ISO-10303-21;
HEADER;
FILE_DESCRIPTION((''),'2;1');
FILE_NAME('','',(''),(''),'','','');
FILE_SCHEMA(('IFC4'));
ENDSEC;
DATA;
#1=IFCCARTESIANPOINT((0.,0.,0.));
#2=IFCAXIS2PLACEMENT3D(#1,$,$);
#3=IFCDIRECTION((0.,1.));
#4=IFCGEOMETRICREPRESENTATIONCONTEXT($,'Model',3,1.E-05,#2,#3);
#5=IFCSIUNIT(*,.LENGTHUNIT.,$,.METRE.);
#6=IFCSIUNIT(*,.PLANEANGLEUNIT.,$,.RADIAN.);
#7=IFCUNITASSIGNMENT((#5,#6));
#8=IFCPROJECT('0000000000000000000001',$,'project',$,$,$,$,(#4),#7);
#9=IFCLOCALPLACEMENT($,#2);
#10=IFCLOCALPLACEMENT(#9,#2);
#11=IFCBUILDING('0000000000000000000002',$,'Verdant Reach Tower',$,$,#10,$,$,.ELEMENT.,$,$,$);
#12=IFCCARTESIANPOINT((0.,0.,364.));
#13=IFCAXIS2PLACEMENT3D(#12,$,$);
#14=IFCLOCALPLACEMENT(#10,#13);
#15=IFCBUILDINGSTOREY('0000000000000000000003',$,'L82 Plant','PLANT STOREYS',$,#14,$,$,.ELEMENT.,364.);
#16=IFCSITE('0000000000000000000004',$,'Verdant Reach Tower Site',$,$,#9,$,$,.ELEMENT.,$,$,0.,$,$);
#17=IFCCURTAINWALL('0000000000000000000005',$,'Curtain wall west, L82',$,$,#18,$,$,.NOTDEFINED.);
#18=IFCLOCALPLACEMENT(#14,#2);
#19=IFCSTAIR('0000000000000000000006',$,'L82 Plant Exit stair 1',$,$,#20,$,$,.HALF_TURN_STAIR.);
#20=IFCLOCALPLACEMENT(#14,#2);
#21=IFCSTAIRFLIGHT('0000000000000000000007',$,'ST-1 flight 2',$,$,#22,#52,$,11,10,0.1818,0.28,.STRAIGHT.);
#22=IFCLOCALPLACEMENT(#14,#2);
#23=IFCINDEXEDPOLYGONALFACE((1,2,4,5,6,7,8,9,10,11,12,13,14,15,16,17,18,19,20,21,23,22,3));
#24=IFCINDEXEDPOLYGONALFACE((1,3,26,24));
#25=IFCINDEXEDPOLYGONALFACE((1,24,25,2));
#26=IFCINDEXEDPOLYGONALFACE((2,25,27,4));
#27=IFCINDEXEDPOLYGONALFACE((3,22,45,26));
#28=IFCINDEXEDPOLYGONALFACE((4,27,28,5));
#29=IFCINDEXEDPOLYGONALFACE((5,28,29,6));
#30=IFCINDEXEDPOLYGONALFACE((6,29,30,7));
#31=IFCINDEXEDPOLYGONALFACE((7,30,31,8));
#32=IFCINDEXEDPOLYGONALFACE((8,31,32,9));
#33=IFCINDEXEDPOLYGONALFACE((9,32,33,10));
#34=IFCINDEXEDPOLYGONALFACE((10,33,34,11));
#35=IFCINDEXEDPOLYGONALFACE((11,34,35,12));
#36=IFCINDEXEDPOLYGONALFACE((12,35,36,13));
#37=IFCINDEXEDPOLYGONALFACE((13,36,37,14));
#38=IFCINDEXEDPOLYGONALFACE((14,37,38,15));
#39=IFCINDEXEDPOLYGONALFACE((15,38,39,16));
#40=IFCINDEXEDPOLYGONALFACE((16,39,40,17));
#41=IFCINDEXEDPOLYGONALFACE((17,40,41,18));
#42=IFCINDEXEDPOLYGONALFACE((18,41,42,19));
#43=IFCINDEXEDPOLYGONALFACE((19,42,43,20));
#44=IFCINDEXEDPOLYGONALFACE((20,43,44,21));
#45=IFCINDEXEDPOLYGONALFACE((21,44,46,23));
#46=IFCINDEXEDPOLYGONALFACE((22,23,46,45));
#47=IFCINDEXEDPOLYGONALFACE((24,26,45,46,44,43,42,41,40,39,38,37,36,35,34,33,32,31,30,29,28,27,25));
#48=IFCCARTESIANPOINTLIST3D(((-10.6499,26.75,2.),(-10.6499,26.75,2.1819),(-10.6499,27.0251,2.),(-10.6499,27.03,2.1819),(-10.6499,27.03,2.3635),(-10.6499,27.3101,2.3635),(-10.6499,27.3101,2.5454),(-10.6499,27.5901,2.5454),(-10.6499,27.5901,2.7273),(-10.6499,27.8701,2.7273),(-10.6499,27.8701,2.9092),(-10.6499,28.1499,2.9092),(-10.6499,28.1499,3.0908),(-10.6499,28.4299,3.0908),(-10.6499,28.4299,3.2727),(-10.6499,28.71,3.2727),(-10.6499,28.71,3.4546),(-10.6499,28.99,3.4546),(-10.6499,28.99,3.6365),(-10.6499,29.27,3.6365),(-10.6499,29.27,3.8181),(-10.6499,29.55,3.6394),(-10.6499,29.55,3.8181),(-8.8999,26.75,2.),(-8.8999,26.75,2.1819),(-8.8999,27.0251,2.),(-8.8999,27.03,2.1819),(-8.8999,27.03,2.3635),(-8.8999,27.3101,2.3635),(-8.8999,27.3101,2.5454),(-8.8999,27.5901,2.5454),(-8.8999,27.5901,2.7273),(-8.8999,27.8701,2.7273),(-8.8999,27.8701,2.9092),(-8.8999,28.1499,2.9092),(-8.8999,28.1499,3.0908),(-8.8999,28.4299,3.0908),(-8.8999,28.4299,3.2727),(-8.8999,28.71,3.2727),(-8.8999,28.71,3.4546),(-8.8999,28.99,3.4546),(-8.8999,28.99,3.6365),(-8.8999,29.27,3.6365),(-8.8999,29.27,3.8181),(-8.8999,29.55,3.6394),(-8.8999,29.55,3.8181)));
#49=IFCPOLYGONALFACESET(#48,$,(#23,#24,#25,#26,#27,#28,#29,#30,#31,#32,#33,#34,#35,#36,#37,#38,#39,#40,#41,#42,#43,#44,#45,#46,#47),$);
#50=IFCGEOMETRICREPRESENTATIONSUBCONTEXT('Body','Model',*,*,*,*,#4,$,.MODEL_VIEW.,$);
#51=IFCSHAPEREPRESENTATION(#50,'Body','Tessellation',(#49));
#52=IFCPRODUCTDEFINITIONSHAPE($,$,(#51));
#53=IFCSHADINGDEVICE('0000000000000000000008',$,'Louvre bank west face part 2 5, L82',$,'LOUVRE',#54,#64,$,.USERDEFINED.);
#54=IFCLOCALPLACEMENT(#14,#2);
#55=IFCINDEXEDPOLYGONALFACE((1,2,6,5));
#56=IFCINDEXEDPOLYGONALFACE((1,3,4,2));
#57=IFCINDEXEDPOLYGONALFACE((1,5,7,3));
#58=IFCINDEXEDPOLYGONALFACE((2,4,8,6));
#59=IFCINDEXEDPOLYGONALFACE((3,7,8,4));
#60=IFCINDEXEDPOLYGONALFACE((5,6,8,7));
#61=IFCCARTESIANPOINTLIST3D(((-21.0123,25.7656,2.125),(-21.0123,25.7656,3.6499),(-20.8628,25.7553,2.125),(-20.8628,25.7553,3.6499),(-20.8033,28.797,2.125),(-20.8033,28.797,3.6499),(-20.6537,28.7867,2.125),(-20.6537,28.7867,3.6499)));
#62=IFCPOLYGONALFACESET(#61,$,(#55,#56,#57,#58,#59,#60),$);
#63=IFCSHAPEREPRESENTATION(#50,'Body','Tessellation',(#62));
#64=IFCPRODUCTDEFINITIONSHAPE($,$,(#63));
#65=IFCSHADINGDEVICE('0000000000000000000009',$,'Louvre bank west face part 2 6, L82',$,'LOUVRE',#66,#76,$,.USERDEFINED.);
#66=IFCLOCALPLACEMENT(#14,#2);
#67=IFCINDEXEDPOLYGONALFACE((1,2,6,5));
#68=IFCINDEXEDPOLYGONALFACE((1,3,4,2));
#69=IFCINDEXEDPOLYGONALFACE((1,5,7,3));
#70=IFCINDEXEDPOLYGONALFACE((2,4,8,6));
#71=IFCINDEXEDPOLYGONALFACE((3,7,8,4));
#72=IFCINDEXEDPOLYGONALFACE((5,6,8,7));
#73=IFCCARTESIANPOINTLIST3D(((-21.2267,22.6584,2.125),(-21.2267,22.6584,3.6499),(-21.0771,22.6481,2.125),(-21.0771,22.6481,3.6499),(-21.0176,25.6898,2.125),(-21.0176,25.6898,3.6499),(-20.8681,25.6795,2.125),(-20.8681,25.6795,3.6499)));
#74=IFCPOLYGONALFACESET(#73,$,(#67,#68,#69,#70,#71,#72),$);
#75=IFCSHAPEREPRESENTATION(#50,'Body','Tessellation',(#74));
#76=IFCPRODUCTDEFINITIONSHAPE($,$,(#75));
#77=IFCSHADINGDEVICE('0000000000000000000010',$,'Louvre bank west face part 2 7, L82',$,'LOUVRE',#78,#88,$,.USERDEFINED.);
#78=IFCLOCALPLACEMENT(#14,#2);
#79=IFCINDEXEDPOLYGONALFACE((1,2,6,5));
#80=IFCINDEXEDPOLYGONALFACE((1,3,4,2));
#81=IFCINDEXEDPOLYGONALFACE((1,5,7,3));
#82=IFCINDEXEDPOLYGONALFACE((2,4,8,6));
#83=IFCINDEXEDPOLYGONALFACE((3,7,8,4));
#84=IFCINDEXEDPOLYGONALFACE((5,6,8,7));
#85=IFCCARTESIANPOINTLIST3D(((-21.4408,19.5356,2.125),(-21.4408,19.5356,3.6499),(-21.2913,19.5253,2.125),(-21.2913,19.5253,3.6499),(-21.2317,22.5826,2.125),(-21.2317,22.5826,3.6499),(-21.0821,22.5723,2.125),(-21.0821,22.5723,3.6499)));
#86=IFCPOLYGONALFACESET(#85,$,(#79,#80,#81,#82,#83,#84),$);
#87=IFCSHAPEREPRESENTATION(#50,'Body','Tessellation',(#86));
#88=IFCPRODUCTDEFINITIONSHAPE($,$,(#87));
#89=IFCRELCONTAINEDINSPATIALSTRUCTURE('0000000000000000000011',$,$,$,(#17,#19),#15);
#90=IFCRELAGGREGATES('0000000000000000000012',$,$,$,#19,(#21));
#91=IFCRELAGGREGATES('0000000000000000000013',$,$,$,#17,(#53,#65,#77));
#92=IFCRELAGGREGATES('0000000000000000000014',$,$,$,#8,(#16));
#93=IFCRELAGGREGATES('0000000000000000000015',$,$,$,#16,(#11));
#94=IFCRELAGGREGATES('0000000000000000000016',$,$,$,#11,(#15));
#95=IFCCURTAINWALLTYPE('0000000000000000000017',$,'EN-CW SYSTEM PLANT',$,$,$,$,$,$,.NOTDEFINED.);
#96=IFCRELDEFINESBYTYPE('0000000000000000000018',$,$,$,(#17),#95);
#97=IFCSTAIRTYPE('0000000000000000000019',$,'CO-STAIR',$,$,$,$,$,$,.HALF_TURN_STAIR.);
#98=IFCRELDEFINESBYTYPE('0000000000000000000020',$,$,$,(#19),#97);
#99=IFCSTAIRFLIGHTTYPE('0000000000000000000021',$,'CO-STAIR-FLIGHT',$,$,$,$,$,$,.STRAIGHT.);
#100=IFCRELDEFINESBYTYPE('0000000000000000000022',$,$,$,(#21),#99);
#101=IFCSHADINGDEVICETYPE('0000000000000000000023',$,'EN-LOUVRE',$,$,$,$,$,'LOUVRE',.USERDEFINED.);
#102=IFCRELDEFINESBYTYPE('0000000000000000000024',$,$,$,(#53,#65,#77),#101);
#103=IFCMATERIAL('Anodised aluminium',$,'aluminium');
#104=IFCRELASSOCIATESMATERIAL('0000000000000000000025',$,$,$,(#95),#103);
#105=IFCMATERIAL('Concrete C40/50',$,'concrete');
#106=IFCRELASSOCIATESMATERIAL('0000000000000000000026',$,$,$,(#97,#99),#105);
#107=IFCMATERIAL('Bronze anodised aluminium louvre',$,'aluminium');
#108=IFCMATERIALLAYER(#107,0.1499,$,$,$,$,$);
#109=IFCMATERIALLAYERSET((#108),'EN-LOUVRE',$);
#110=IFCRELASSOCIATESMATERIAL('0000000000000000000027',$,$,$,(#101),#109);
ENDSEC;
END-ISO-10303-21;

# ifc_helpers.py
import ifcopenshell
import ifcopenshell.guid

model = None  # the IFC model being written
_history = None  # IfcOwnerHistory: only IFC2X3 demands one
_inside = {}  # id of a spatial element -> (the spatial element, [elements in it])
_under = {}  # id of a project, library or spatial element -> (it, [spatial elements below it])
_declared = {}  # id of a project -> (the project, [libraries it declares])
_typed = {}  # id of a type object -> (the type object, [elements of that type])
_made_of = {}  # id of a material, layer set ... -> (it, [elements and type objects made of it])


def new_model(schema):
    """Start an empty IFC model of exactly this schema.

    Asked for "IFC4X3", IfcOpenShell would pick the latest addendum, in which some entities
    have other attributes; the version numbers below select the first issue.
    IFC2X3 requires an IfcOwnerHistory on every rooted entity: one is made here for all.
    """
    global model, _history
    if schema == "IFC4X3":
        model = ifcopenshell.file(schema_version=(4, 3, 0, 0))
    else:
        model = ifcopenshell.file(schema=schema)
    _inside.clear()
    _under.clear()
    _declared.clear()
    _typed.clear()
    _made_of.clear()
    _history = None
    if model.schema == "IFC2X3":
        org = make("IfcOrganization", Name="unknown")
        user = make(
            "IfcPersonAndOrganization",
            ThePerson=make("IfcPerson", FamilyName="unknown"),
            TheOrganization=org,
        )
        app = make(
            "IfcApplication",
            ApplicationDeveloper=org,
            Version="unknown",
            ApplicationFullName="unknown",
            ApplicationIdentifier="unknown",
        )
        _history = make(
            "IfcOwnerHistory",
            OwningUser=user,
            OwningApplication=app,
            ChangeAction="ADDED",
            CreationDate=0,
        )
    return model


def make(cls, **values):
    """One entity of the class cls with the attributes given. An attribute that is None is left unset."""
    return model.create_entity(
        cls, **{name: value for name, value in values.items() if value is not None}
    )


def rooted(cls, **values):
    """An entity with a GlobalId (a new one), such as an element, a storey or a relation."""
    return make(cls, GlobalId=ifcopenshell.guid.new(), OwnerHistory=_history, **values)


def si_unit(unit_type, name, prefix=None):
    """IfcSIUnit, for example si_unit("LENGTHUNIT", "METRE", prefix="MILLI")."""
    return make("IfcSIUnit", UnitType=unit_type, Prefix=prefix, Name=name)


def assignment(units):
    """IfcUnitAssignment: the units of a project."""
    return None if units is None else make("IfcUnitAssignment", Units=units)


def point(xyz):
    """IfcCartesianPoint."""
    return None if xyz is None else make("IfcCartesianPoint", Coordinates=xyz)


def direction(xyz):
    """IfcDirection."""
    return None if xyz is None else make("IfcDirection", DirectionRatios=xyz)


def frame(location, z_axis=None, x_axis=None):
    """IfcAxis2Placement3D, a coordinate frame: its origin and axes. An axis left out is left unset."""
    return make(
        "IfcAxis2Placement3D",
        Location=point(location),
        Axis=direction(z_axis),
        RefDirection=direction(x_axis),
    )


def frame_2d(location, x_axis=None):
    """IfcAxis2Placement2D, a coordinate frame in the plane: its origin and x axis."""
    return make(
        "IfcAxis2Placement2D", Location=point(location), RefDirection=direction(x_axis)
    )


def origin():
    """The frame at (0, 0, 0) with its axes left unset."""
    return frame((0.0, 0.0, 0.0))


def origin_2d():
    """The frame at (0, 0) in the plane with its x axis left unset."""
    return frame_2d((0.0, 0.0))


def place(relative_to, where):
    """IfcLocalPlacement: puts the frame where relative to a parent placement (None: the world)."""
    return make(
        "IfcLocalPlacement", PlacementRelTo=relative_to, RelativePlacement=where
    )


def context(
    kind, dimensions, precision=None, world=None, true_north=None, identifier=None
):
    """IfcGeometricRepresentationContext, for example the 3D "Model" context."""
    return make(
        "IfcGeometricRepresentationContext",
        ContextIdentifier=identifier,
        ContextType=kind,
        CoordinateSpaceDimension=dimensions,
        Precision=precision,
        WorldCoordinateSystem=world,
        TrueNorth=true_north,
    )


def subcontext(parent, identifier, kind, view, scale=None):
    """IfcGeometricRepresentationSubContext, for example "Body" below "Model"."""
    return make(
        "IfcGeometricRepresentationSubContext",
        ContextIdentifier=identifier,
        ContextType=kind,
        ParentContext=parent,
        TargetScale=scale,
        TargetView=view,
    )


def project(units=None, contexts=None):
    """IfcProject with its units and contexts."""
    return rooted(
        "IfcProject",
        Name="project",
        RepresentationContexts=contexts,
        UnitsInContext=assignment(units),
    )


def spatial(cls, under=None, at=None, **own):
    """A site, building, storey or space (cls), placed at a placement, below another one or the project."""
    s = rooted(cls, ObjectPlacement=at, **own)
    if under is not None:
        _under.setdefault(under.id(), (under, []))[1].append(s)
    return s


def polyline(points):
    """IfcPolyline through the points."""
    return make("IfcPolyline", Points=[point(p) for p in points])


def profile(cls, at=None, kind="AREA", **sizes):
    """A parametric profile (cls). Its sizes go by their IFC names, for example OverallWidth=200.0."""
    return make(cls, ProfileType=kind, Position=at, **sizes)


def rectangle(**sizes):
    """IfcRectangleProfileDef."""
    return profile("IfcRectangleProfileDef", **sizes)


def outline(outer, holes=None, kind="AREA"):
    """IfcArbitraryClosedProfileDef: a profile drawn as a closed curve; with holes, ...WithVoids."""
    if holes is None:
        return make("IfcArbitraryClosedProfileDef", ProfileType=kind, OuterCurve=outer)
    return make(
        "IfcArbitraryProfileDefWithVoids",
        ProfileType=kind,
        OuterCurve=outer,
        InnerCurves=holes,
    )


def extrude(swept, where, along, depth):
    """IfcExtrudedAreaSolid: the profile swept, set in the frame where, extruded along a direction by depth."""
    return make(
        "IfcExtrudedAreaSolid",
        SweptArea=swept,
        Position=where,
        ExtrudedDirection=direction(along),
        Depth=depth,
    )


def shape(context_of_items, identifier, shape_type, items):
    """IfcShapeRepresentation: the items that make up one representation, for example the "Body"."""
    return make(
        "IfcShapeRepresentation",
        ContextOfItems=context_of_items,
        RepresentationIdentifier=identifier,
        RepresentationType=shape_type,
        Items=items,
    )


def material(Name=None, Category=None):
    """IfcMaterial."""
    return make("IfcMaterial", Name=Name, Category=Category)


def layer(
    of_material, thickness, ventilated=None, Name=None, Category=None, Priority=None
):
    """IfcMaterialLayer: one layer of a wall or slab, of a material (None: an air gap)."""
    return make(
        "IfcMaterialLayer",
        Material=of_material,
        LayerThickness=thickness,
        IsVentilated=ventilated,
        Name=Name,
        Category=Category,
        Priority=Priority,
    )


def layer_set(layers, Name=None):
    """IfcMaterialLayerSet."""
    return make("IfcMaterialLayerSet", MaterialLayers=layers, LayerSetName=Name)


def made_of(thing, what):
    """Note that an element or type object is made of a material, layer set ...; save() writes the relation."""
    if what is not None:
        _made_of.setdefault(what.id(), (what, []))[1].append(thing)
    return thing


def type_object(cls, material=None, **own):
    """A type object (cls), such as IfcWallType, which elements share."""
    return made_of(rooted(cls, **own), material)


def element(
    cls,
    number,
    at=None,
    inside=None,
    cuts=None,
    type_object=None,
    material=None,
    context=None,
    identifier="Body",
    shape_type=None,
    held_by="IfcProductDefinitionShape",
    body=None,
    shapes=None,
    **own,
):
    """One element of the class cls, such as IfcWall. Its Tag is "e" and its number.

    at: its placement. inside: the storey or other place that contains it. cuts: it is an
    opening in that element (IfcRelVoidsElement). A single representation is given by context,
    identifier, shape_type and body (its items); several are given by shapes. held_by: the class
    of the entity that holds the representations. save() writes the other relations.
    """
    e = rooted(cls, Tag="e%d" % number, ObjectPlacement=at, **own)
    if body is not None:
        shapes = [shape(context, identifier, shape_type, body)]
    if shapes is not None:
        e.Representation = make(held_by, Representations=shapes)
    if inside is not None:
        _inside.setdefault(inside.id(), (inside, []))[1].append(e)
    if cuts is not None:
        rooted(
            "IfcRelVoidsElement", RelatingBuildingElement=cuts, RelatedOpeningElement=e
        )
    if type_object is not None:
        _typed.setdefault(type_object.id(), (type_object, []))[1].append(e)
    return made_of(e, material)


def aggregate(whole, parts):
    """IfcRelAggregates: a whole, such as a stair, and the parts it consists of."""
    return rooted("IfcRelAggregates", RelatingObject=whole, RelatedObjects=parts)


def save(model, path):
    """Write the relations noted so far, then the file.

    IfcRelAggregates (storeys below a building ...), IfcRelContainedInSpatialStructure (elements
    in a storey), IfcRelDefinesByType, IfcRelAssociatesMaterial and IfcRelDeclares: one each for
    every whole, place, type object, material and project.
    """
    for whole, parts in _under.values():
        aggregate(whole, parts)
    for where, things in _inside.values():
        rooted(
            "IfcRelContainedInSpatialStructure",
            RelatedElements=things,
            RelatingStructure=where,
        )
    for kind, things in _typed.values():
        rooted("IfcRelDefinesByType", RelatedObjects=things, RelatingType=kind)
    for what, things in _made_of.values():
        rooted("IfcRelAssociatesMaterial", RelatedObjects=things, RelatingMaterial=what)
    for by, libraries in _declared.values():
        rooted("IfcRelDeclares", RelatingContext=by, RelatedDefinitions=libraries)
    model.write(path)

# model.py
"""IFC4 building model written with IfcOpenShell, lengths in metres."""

from ifc_helpers import new_model, si_unit, direction, frame, origin, origin_2d, place, context, subcontext, project, spatial, polyline, rectangle, outline, extrude, material, layer, layer_set, type_object, element, aggregate, save


model = new_model("IFC4")

# Units and contexts
model_context = context("Model", 3, precision=1e-05, world=origin(), true_north=direction((0.0, 1.0)))
body_context = subcontext(model_context, "Body", "Model", "MODEL_VIEW")
ifc_project = project(units=[si_unit("LENGTHUNIT", "METRE"), si_unit("PLANEANGLEUNIT", "RADIAN")], contexts=[model_context])

# Site, building, storey
site_placement = place(None, origin())
site = spatial("IfcSite", under=ifc_project, at=site_placement, Name="Verdant Reach Tower Site", CompositionType="ELEMENT", RefElevation=0.0)
building_placement = place(site_placement, origin())
building = spatial("IfcBuilding", under=site, at=building_placement, Name="Verdant Reach Tower", CompositionType="ELEMENT")
storey_placement = place(building_placement, frame((0.0, 0.0, 364.0)))
storey = spatial("IfcBuildingStorey", under=building, at=storey_placement, Name="L82 Plant", Description="PLANT STOREYS", CompositionType="ELEMENT", Elevation=364.0)

# Curtain wall
ifc_material_1 = material(Name="Anodised aluminium", Category="aluminium")
curtain_wall_type = type_object("IfcCurtainWallType", Name="EN-CW SYSTEM PLANT", PredefinedType="NOTDEFINED", material=ifc_material_1)
curtain_wall_1_placement = place(storey_placement, origin())
curtain_wall_1 = element("IfcCurtainWall", 1, at=curtain_wall_1_placement, inside=storey, type_object=curtain_wall_type, Name="Curtain wall west, L82", PredefinedType="NOTDEFINED")

# Shared definitions
ifc_material_2 = material(Name="Concrete C40/50", Category="concrete")

# Stair, stair flight
stair_type = type_object("IfcStairType", Name="CO-STAIR", PredefinedType="HALF_TURN_STAIR", material=ifc_material_2)
stair_placement = place(storey_placement, origin())
stair = element("IfcStair", 2, at=stair_placement, inside=storey, type_object=stair_type, Name="L82 Plant Exit stair 1", PredefinedType="HALF_TURN_STAIR")
stair_flight_type = type_object("IfcStairFlightType", Name="CO-STAIR-FLIGHT", PredefinedType="STRAIGHT", material=ifc_material_2)
stair_flight_placement = place(storey_placement, frame((-9.7749, 26.75, 2.0), z_axis=(0.0, 0.0, 1.0), x_axis=(0.0, 1.0, 0.0)))
stair_flight = element("IfcStairFlight", 3, at=stair_flight_placement, type_object=stair_flight_type, Name="ST-1 flight 2", NumberOfRisers=11, NumberOfTreads=10, PredefinedType="STRAIGHT", RiserHeight=0.1818, TreadLength=0.28, context=body_context, shape_type="SweptSolid", body=[
    extrude(outline(polyline([(0.0, 0.0), (0.0, 0.1819), (0.28, 0.1819), (0.28, 0.3635), (0.5601, 0.3635), (0.5601, 0.5454), (0.8401, 0.5454), (0.8401, 0.7273), (1.1201, 0.7273), (1.1201, 0.9092), (1.3999, 0.9092), (1.3999, 1.0908), (1.6799, 1.0908), (1.6799, 1.2727), (1.96, 1.2727), (1.96, 1.4546), (2.24, 1.4546), (2.24, 1.6365), (2.52, 1.6365), (2.52, 1.8181), (2.8, 1.8181), (2.8, 2.0), (2.8, 1.6394), (0.2751, 0.0), (0.0, 0.0)])), frame((0.0, 0.875, 0.0), z_axis=(0.0, -1.0, 0.0), x_axis=(1.0, 0.0, 0.0)), (0.0, 0.0, 1.0), 1.75),
])
aggregate(stair, [stair_flight])

# Shading devices
ifc_material_3 = material(Name="Bronze anodised aluminium louvre", Category="aluminium")
ifc_layer_1 = layer(ifc_material_3, 0.1499)
ifc_layer_set_1 = layer_set([ifc_layer_1], Name="EN-LOUVRE")
shading_device_type = type_object("IfcShadingDeviceType", Name="EN-LOUVRE", ElementType="LOUVRE", PredefinedType="USERDEFINED", material=ifc_layer_set_1)
shading_device_1_placement = place(storey_placement, frame((-20.833, 27.2761, 2.125), z_axis=(0.0, 0.0, 1.0), x_axis=(-0.068802, -0.99763, 0.0)))
shading_device_1 = element("IfcShadingDevice", 4, at=shading_device_1_placement, type_object=shading_device_type, Name="Louvre bank west face part 2 5, L82", ObjectType="LOUVRE", PredefinedType="USERDEFINED", context=body_context, shape_type="SweptSolid", body=[
    extrude(rectangle(XDim=3.0386, YDim=0.1499, at=origin_2d()), origin(), (0.0, 0.0, 1.0), 1.5249),
])
shading_device_2_placement = place(storey_placement, frame((-21.0474, 24.1689, 2.125), z_axis=(0.0, 0.0, 1.0), x_axis=(-0.068802, -0.99763, 0.0)))
shading_device_2 = element("IfcShadingDevice", 5, at=shading_device_2_placement, type_object=shading_device_type, Name="Louvre bank west face part 2 6, L82", ObjectType="LOUVRE", PredefinedType="USERDEFINED", context=body_context, shape_type="SweptSolid", body=[
    extrude(rectangle(XDim=3.0386, YDim=0.1499, at=origin_2d()), origin(), (0.0, 0.0, 1.0), 1.5249),
])
shading_device_3_placement = place(storey_placement, frame((-21.2615, 21.054, 2.125), z_axis=(0.0, 0.0, 1.0), x_axis=(-0.068469, -0.997653, 0.0)))
shading_device_3 = element("IfcShadingDevice", 6, at=shading_device_3_placement, type_object=shading_device_type, Name="Louvre bank west face part 2 7, L82", ObjectType="LOUVRE", PredefinedType="USERDEFINED", context=body_context, shape_type="SweptSolid", body=[
    extrude(rectangle(XDim=3.0542, YDim=0.1499, at=origin_2d()), origin(), (0.0, 0.0, 1.0), 1.5249),
])
aggregate(curtain_wall_1, [shading_device_1, shading_device_2, shading_device_3])

save(model, "model.ifc")
